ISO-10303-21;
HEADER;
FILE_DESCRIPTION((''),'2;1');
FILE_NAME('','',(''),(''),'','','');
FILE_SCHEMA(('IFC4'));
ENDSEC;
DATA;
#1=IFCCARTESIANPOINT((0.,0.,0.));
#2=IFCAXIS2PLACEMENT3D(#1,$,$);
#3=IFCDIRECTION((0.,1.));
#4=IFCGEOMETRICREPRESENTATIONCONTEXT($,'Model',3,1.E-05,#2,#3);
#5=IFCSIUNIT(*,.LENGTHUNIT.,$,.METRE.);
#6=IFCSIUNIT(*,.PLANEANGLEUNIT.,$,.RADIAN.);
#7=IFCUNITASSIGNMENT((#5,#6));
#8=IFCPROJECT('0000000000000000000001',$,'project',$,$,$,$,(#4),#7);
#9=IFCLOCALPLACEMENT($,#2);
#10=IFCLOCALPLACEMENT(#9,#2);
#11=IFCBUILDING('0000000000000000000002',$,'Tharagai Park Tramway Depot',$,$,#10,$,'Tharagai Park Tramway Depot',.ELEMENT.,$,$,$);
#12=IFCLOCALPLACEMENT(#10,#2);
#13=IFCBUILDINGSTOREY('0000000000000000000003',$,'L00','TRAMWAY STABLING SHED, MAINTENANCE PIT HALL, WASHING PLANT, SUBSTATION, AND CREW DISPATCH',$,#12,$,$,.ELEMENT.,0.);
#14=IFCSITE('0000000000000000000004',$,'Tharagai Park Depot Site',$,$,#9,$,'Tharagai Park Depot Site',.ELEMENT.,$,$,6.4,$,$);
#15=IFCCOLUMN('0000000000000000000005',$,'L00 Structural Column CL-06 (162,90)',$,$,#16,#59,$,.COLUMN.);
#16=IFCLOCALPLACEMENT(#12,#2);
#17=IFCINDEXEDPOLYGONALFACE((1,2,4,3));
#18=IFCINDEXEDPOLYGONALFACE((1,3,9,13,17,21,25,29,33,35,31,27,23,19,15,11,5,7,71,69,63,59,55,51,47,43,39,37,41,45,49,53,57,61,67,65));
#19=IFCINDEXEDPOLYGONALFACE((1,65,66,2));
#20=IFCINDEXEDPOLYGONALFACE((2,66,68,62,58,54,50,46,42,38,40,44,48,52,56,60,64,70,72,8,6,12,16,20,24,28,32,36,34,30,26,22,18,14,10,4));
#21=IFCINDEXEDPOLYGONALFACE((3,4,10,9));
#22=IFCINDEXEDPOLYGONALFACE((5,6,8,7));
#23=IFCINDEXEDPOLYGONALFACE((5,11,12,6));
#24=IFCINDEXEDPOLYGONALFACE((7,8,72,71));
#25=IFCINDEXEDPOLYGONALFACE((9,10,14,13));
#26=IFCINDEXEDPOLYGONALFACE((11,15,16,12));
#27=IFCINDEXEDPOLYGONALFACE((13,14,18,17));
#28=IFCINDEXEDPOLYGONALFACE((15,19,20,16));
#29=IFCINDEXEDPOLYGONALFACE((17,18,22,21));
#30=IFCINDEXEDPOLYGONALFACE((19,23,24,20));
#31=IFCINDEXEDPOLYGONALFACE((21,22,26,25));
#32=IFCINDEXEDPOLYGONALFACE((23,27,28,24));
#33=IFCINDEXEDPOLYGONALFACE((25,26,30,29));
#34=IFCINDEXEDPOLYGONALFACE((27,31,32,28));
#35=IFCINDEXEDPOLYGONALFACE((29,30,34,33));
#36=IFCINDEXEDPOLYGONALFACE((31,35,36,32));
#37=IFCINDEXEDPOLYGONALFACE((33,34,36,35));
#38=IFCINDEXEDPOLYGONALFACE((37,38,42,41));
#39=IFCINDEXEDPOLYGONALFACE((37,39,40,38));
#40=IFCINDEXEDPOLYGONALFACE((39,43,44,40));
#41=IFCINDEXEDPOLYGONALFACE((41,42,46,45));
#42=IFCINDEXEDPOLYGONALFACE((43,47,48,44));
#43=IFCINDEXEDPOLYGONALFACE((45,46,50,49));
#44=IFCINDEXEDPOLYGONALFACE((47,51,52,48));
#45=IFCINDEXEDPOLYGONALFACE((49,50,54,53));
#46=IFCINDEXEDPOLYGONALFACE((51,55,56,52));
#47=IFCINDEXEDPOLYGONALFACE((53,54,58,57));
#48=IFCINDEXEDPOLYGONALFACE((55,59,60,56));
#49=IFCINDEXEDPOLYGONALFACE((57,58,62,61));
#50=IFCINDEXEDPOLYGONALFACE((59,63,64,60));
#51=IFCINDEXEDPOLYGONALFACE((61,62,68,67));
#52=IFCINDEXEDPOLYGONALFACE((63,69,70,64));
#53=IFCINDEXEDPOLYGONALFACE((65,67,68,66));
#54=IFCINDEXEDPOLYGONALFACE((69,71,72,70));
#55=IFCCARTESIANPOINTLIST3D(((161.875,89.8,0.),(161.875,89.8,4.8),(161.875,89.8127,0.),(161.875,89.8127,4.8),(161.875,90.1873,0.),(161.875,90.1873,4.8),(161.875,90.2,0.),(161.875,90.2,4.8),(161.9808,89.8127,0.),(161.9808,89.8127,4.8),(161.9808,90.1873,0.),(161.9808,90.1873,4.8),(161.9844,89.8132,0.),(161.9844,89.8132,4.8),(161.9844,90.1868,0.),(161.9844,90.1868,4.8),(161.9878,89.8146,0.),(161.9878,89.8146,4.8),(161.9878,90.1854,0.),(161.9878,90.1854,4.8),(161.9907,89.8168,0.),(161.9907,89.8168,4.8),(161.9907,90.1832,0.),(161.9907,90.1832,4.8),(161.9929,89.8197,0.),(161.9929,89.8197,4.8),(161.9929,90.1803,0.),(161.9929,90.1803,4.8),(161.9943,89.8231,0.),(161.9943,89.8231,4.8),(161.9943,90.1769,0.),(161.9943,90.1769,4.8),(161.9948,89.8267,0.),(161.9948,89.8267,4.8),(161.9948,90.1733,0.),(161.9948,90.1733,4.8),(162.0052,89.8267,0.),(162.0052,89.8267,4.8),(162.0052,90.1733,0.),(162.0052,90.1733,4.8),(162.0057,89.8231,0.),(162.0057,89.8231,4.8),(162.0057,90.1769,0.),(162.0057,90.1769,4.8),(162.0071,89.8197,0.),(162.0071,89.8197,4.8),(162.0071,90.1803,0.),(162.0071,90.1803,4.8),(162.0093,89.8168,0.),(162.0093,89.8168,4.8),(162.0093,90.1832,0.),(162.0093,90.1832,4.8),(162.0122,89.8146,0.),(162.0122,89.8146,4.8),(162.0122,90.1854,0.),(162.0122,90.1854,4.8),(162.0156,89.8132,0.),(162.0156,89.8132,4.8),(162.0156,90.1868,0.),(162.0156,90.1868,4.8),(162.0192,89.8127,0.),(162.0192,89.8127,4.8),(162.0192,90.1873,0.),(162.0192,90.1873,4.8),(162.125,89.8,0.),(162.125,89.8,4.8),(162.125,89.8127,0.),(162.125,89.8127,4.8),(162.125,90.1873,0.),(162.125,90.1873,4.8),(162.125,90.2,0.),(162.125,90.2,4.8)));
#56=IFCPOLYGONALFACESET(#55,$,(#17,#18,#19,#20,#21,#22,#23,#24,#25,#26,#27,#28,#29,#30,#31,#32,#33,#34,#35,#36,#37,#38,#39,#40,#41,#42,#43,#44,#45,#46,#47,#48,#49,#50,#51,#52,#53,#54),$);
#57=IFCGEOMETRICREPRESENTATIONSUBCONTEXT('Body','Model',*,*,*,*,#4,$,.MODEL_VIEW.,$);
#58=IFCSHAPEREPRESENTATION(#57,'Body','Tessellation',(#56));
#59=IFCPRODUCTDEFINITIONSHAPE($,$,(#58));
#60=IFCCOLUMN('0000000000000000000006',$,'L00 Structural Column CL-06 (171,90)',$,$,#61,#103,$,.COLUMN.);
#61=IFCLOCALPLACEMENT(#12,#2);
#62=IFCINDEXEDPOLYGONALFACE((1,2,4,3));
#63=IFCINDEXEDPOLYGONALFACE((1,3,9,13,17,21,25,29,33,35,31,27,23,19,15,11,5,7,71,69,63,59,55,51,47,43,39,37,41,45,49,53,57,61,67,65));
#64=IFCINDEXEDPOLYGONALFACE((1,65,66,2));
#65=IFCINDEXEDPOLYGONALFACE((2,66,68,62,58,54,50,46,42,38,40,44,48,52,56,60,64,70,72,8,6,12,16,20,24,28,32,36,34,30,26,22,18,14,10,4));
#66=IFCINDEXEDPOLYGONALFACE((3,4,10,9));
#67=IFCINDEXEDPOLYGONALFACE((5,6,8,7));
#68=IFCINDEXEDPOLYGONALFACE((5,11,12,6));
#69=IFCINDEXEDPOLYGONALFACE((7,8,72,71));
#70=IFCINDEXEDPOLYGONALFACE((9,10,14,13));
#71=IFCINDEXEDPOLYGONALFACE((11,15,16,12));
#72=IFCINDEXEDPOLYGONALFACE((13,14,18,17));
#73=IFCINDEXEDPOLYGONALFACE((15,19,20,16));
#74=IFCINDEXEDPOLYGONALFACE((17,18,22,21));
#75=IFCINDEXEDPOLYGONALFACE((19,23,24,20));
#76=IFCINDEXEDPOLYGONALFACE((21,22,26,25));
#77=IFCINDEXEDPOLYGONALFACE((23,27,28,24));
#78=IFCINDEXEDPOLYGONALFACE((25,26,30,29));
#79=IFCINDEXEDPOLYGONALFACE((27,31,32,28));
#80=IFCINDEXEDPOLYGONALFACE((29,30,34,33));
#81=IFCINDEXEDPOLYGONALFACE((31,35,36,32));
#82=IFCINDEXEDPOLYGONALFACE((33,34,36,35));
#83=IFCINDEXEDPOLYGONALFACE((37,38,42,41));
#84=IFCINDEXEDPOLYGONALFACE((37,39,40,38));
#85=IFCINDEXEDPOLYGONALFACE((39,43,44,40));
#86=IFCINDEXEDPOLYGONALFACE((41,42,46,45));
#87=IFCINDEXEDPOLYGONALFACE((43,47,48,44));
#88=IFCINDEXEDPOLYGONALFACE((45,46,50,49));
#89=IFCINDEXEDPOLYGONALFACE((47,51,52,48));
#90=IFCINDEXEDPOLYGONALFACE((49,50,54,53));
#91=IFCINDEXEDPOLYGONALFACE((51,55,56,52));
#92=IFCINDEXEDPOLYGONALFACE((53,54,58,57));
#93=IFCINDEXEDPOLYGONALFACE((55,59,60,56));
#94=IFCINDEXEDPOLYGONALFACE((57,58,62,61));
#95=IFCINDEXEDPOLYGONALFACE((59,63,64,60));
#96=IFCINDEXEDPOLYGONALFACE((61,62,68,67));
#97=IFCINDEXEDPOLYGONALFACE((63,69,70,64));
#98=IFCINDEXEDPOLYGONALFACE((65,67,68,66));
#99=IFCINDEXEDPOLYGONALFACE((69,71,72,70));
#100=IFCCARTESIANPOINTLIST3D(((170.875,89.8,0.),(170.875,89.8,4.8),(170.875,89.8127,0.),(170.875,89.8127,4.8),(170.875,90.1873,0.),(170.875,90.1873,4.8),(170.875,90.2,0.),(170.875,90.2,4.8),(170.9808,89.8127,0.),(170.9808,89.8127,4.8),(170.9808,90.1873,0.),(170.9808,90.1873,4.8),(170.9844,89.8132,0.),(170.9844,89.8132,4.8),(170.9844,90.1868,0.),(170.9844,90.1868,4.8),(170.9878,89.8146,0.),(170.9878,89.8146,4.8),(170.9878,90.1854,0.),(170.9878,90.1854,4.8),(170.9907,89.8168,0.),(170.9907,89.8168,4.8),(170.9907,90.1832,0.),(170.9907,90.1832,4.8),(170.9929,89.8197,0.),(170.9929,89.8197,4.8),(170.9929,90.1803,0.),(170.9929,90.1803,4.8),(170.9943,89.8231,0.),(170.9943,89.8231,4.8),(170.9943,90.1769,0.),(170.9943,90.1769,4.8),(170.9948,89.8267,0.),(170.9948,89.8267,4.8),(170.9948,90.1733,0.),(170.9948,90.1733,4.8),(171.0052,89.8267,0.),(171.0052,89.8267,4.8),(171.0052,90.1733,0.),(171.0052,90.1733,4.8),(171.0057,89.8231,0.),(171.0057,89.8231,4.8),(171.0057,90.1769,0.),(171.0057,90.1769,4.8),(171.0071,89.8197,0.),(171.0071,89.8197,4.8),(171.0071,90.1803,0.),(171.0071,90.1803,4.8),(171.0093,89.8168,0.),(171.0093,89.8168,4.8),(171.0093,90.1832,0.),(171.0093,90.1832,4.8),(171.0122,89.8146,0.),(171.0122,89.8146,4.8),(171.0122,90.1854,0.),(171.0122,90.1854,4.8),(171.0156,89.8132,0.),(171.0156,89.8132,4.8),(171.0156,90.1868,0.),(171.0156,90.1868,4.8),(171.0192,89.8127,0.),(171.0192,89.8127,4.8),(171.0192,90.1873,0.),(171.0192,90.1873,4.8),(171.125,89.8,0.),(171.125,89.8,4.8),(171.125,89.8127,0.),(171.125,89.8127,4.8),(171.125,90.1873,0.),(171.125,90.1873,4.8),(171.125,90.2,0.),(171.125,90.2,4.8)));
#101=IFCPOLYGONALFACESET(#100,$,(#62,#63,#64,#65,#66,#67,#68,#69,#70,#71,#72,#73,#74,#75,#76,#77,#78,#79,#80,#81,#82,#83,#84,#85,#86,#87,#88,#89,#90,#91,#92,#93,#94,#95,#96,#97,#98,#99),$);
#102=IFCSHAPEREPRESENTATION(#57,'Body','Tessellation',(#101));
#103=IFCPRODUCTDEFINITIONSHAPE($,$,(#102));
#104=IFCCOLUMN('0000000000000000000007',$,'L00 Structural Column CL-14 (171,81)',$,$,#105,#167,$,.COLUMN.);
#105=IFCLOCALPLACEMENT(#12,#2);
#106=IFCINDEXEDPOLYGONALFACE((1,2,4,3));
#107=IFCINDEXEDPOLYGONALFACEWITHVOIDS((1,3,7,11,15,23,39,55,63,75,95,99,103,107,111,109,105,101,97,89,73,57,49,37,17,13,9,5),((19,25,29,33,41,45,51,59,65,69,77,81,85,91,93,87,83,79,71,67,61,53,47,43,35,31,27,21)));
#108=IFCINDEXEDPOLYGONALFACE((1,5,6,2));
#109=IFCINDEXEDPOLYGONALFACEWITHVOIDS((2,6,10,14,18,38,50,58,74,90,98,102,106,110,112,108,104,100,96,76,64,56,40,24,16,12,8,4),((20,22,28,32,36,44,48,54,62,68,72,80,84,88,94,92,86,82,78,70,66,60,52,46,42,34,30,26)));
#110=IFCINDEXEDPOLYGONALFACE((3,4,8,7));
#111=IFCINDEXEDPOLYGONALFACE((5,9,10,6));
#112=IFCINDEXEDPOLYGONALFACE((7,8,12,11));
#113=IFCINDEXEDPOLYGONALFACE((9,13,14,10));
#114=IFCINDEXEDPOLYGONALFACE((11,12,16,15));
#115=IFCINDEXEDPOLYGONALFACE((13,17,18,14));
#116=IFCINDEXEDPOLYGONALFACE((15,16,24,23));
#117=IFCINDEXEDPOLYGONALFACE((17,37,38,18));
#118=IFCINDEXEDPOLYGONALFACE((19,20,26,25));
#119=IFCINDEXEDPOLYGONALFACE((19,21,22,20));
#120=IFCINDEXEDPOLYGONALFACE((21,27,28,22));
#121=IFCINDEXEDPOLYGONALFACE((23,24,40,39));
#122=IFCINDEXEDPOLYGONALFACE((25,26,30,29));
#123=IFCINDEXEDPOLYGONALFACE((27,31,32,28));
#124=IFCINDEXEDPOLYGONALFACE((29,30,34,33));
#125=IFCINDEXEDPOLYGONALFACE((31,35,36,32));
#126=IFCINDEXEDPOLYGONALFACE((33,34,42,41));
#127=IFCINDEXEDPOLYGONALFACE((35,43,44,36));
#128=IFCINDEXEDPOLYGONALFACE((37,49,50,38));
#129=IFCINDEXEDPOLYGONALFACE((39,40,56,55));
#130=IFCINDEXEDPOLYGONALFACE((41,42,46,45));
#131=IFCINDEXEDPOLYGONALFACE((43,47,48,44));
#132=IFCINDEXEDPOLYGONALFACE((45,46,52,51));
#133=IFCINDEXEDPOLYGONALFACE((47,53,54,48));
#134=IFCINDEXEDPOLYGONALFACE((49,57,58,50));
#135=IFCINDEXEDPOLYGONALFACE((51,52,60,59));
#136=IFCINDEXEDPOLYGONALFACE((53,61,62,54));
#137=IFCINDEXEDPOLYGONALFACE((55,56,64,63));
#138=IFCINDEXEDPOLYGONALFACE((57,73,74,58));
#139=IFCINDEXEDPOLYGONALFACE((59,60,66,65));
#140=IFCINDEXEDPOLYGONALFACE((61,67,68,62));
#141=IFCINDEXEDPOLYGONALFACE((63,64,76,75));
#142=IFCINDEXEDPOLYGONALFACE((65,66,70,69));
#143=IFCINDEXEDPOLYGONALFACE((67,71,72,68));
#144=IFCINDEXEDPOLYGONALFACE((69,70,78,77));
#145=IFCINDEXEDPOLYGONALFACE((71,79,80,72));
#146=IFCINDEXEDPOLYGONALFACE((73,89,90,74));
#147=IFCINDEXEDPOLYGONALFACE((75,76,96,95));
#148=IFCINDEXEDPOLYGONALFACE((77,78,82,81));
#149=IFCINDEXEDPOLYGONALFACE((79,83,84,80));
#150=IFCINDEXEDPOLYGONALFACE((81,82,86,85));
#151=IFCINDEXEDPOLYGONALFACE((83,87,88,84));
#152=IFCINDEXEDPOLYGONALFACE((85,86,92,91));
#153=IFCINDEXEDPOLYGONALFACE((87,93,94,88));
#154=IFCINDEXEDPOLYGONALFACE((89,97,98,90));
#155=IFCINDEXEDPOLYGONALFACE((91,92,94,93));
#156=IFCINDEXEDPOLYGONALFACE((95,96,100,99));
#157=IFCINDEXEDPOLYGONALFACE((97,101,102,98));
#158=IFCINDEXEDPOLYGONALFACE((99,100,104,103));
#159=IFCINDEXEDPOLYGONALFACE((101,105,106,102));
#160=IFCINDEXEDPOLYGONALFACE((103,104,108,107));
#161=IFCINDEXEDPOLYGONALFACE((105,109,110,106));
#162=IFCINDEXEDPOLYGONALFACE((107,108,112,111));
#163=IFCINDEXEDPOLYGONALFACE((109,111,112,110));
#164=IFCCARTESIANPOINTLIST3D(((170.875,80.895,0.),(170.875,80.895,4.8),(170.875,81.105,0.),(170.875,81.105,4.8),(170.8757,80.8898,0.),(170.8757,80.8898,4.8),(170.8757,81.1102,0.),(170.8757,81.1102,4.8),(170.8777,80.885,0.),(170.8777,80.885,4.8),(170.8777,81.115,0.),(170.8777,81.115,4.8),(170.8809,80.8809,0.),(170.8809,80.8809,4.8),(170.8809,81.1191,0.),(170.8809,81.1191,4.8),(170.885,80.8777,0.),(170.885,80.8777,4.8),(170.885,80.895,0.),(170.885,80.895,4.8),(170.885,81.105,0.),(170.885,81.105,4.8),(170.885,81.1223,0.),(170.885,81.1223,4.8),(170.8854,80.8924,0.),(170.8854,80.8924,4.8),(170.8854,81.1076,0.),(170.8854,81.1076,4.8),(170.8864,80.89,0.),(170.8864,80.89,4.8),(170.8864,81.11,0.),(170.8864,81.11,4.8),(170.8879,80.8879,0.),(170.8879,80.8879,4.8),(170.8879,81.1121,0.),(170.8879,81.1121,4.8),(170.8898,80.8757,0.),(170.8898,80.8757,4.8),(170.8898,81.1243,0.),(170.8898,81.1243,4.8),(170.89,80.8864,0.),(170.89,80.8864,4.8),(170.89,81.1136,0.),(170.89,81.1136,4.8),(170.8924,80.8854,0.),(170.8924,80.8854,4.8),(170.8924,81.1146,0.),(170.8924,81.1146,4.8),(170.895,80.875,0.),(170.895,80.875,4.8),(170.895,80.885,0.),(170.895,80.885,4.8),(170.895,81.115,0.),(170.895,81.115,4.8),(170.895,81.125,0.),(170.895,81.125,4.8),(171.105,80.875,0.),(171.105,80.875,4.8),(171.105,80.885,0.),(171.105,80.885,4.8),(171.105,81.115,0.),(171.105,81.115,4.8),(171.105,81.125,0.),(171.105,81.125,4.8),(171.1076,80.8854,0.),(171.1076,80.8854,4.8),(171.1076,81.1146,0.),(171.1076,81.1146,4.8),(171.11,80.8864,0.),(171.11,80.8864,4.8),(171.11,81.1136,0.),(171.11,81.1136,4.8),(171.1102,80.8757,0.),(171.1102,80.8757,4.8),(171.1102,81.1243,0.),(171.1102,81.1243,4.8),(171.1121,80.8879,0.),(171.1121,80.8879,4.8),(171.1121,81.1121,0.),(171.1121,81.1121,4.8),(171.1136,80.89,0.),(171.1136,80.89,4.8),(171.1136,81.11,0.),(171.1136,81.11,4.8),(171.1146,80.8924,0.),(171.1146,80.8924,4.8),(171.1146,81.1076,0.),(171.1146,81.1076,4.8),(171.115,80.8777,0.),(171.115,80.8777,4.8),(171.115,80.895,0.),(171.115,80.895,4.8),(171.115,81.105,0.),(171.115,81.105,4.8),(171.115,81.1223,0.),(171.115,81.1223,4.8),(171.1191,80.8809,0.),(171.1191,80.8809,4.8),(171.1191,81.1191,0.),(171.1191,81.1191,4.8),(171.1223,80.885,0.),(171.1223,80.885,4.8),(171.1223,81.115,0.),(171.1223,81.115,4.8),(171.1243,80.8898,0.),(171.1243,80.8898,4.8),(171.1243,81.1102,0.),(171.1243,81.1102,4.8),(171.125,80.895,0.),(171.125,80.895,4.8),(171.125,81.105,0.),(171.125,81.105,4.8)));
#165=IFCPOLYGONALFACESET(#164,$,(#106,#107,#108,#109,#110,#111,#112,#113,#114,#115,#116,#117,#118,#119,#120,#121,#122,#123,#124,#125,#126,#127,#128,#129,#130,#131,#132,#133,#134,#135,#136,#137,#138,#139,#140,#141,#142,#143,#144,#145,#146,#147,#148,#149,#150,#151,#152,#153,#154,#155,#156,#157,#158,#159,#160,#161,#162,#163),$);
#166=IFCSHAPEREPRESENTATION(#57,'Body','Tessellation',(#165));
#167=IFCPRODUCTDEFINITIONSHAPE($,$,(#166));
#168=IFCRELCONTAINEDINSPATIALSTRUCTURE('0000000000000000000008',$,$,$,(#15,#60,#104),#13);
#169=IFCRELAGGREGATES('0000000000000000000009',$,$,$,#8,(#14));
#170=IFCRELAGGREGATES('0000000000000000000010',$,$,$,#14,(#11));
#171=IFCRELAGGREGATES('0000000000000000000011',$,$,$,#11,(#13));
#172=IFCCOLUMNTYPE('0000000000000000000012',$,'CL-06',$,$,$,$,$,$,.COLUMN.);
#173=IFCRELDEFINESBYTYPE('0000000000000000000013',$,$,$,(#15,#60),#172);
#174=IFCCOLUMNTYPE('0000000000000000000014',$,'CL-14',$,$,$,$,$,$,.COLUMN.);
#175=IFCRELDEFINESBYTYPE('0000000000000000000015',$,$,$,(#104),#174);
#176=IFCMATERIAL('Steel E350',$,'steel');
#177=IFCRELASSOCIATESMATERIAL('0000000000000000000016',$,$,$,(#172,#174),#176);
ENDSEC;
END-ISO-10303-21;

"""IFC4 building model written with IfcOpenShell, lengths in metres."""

from ifc_helpers import new_model, si_unit, direction, frame, origin, origin_2d, place, context, subcontext, project, spatial, hollow_rectangle, i_section, extrude, material, material_profile, profile_set, type_object, element, save


model = new_model("IFC4")

# Units and contexts
model_context = context("Model", 3, precision=1e-05, world=origin(), true_north=direction((0.0, 1.0)))
body_context = subcontext(model_context, "Body", "Model", "MODEL_VIEW")
ifc_project = project(units=[si_unit("LENGTHUNIT", "METRE"), si_unit("PLANEANGLEUNIT", "RADIAN")], contexts=[model_context])

# Site, building, storey
site_placement = place(None, origin())
site = spatial("IfcSite", under=ifc_project, at=site_placement, Name="Tharagai Park Depot Site", LongName="Tharagai Park Depot Site", CompositionType="ELEMENT", RefElevation=6.4)
building_placement = place(site_placement, origin())
building = spatial("IfcBuilding", under=site, at=building_placement, Name="Tharagai Park Tramway Depot", LongName="Tharagai Park Tramway Depot", CompositionType="ELEMENT")
storey_placement = place(building_placement, origin())
storey = spatial("IfcBuildingStorey", under=building, at=storey_placement, Name="L00", Description="TRAMWAY STABLING SHED, MAINTENANCE PIT HALL, WASHING PLANT, SUBSTATION, AND CREW DISPATCH", CompositionType="ELEMENT", Elevation=0.0)

# Columns
ifc_material_1 = material(Name="Steel E350", Category="steel")
ifc_material_profile_1 = material_profile(ifc_material_1, i_section(OverallWidth=0.25, OverallDepth=0.3999, WebThickness=0.0105, FlangeThickness=0.0127, FilletRadius=0.0139, at=origin_2d()), Name="ISHB 400")
ifc_profile_set_1 = profile_set([ifc_material_profile_1], Name="Steel E350")
column_type_1 = type_object("IfcColumnType", Name="CL-06", PredefinedType="COLUMN", material=ifc_profile_set_1)
for number, where, z_axis, x_axis, name in (
    (1, (162.0, 90.0, 0.0), (0.0, 0.0, 1.0), (1.0, 0.0, 0.0), "L00 Structural Column CL-06 (162,90)"),
    (2, (171.0, 90.0, 0.0), (0.0, 0.0, 1.0), (1.0, 0.0, 0.0), "L00 Structural Column CL-06 (171,90)"),
):
    element("IfcColumn", number, at=place(storey_placement, frame(where, z_axis=z_axis, x_axis=x_axis)), inside=storey, type_object=column_type_1, Name=name, PredefinedType="COLUMN", context=body_context, shape_type="SweptSolid", body=[
        extrude(i_section(OverallWidth=0.25, OverallDepth=0.3999, WebThickness=0.0105, FlangeThickness=0.0127, FilletRadius=0.0139, at=origin_2d()), origin(), (0.0, 0.0, 1.0), 4.8),
    ])
ifc_material_profile_2 = material_profile(ifc_material_1, hollow_rectangle(XDim=0.25, YDim=0.25, WallThickness=0.01, InnerFilletRadius=0.01, OuterFilletRadius=0.02, at=origin_2d()), Name="SHS 250x250x10")
ifc_profile_set_2 = profile_set([ifc_material_profile_2], Name="Steel E350")
column_type_2 = type_object("IfcColumnType", Name="CL-14", PredefinedType="COLUMN", material=ifc_profile_set_2)
column_placement = place(storey_placement, frame((171.0, 81.0, 0.0), z_axis=(0.0, 0.0, 1.0), x_axis=(1.0, 0.0, 0.0)))
element("IfcColumn", 3, at=column_placement, inside=storey, type_object=column_type_2, Name="L00 Structural Column CL-14 (171,81)", PredefinedType="COLUMN", context=body_context, shape_type="SweptSolid", body=[
    extrude(hollow_rectangle(XDim=0.25, YDim=0.25, WallThickness=0.01, InnerFilletRadius=0.01, OuterFilletRadius=0.02, at=origin_2d()), origin(), (0.0, 0.0, 1.0), 4.8),
])

save(model, "model.ifc")
